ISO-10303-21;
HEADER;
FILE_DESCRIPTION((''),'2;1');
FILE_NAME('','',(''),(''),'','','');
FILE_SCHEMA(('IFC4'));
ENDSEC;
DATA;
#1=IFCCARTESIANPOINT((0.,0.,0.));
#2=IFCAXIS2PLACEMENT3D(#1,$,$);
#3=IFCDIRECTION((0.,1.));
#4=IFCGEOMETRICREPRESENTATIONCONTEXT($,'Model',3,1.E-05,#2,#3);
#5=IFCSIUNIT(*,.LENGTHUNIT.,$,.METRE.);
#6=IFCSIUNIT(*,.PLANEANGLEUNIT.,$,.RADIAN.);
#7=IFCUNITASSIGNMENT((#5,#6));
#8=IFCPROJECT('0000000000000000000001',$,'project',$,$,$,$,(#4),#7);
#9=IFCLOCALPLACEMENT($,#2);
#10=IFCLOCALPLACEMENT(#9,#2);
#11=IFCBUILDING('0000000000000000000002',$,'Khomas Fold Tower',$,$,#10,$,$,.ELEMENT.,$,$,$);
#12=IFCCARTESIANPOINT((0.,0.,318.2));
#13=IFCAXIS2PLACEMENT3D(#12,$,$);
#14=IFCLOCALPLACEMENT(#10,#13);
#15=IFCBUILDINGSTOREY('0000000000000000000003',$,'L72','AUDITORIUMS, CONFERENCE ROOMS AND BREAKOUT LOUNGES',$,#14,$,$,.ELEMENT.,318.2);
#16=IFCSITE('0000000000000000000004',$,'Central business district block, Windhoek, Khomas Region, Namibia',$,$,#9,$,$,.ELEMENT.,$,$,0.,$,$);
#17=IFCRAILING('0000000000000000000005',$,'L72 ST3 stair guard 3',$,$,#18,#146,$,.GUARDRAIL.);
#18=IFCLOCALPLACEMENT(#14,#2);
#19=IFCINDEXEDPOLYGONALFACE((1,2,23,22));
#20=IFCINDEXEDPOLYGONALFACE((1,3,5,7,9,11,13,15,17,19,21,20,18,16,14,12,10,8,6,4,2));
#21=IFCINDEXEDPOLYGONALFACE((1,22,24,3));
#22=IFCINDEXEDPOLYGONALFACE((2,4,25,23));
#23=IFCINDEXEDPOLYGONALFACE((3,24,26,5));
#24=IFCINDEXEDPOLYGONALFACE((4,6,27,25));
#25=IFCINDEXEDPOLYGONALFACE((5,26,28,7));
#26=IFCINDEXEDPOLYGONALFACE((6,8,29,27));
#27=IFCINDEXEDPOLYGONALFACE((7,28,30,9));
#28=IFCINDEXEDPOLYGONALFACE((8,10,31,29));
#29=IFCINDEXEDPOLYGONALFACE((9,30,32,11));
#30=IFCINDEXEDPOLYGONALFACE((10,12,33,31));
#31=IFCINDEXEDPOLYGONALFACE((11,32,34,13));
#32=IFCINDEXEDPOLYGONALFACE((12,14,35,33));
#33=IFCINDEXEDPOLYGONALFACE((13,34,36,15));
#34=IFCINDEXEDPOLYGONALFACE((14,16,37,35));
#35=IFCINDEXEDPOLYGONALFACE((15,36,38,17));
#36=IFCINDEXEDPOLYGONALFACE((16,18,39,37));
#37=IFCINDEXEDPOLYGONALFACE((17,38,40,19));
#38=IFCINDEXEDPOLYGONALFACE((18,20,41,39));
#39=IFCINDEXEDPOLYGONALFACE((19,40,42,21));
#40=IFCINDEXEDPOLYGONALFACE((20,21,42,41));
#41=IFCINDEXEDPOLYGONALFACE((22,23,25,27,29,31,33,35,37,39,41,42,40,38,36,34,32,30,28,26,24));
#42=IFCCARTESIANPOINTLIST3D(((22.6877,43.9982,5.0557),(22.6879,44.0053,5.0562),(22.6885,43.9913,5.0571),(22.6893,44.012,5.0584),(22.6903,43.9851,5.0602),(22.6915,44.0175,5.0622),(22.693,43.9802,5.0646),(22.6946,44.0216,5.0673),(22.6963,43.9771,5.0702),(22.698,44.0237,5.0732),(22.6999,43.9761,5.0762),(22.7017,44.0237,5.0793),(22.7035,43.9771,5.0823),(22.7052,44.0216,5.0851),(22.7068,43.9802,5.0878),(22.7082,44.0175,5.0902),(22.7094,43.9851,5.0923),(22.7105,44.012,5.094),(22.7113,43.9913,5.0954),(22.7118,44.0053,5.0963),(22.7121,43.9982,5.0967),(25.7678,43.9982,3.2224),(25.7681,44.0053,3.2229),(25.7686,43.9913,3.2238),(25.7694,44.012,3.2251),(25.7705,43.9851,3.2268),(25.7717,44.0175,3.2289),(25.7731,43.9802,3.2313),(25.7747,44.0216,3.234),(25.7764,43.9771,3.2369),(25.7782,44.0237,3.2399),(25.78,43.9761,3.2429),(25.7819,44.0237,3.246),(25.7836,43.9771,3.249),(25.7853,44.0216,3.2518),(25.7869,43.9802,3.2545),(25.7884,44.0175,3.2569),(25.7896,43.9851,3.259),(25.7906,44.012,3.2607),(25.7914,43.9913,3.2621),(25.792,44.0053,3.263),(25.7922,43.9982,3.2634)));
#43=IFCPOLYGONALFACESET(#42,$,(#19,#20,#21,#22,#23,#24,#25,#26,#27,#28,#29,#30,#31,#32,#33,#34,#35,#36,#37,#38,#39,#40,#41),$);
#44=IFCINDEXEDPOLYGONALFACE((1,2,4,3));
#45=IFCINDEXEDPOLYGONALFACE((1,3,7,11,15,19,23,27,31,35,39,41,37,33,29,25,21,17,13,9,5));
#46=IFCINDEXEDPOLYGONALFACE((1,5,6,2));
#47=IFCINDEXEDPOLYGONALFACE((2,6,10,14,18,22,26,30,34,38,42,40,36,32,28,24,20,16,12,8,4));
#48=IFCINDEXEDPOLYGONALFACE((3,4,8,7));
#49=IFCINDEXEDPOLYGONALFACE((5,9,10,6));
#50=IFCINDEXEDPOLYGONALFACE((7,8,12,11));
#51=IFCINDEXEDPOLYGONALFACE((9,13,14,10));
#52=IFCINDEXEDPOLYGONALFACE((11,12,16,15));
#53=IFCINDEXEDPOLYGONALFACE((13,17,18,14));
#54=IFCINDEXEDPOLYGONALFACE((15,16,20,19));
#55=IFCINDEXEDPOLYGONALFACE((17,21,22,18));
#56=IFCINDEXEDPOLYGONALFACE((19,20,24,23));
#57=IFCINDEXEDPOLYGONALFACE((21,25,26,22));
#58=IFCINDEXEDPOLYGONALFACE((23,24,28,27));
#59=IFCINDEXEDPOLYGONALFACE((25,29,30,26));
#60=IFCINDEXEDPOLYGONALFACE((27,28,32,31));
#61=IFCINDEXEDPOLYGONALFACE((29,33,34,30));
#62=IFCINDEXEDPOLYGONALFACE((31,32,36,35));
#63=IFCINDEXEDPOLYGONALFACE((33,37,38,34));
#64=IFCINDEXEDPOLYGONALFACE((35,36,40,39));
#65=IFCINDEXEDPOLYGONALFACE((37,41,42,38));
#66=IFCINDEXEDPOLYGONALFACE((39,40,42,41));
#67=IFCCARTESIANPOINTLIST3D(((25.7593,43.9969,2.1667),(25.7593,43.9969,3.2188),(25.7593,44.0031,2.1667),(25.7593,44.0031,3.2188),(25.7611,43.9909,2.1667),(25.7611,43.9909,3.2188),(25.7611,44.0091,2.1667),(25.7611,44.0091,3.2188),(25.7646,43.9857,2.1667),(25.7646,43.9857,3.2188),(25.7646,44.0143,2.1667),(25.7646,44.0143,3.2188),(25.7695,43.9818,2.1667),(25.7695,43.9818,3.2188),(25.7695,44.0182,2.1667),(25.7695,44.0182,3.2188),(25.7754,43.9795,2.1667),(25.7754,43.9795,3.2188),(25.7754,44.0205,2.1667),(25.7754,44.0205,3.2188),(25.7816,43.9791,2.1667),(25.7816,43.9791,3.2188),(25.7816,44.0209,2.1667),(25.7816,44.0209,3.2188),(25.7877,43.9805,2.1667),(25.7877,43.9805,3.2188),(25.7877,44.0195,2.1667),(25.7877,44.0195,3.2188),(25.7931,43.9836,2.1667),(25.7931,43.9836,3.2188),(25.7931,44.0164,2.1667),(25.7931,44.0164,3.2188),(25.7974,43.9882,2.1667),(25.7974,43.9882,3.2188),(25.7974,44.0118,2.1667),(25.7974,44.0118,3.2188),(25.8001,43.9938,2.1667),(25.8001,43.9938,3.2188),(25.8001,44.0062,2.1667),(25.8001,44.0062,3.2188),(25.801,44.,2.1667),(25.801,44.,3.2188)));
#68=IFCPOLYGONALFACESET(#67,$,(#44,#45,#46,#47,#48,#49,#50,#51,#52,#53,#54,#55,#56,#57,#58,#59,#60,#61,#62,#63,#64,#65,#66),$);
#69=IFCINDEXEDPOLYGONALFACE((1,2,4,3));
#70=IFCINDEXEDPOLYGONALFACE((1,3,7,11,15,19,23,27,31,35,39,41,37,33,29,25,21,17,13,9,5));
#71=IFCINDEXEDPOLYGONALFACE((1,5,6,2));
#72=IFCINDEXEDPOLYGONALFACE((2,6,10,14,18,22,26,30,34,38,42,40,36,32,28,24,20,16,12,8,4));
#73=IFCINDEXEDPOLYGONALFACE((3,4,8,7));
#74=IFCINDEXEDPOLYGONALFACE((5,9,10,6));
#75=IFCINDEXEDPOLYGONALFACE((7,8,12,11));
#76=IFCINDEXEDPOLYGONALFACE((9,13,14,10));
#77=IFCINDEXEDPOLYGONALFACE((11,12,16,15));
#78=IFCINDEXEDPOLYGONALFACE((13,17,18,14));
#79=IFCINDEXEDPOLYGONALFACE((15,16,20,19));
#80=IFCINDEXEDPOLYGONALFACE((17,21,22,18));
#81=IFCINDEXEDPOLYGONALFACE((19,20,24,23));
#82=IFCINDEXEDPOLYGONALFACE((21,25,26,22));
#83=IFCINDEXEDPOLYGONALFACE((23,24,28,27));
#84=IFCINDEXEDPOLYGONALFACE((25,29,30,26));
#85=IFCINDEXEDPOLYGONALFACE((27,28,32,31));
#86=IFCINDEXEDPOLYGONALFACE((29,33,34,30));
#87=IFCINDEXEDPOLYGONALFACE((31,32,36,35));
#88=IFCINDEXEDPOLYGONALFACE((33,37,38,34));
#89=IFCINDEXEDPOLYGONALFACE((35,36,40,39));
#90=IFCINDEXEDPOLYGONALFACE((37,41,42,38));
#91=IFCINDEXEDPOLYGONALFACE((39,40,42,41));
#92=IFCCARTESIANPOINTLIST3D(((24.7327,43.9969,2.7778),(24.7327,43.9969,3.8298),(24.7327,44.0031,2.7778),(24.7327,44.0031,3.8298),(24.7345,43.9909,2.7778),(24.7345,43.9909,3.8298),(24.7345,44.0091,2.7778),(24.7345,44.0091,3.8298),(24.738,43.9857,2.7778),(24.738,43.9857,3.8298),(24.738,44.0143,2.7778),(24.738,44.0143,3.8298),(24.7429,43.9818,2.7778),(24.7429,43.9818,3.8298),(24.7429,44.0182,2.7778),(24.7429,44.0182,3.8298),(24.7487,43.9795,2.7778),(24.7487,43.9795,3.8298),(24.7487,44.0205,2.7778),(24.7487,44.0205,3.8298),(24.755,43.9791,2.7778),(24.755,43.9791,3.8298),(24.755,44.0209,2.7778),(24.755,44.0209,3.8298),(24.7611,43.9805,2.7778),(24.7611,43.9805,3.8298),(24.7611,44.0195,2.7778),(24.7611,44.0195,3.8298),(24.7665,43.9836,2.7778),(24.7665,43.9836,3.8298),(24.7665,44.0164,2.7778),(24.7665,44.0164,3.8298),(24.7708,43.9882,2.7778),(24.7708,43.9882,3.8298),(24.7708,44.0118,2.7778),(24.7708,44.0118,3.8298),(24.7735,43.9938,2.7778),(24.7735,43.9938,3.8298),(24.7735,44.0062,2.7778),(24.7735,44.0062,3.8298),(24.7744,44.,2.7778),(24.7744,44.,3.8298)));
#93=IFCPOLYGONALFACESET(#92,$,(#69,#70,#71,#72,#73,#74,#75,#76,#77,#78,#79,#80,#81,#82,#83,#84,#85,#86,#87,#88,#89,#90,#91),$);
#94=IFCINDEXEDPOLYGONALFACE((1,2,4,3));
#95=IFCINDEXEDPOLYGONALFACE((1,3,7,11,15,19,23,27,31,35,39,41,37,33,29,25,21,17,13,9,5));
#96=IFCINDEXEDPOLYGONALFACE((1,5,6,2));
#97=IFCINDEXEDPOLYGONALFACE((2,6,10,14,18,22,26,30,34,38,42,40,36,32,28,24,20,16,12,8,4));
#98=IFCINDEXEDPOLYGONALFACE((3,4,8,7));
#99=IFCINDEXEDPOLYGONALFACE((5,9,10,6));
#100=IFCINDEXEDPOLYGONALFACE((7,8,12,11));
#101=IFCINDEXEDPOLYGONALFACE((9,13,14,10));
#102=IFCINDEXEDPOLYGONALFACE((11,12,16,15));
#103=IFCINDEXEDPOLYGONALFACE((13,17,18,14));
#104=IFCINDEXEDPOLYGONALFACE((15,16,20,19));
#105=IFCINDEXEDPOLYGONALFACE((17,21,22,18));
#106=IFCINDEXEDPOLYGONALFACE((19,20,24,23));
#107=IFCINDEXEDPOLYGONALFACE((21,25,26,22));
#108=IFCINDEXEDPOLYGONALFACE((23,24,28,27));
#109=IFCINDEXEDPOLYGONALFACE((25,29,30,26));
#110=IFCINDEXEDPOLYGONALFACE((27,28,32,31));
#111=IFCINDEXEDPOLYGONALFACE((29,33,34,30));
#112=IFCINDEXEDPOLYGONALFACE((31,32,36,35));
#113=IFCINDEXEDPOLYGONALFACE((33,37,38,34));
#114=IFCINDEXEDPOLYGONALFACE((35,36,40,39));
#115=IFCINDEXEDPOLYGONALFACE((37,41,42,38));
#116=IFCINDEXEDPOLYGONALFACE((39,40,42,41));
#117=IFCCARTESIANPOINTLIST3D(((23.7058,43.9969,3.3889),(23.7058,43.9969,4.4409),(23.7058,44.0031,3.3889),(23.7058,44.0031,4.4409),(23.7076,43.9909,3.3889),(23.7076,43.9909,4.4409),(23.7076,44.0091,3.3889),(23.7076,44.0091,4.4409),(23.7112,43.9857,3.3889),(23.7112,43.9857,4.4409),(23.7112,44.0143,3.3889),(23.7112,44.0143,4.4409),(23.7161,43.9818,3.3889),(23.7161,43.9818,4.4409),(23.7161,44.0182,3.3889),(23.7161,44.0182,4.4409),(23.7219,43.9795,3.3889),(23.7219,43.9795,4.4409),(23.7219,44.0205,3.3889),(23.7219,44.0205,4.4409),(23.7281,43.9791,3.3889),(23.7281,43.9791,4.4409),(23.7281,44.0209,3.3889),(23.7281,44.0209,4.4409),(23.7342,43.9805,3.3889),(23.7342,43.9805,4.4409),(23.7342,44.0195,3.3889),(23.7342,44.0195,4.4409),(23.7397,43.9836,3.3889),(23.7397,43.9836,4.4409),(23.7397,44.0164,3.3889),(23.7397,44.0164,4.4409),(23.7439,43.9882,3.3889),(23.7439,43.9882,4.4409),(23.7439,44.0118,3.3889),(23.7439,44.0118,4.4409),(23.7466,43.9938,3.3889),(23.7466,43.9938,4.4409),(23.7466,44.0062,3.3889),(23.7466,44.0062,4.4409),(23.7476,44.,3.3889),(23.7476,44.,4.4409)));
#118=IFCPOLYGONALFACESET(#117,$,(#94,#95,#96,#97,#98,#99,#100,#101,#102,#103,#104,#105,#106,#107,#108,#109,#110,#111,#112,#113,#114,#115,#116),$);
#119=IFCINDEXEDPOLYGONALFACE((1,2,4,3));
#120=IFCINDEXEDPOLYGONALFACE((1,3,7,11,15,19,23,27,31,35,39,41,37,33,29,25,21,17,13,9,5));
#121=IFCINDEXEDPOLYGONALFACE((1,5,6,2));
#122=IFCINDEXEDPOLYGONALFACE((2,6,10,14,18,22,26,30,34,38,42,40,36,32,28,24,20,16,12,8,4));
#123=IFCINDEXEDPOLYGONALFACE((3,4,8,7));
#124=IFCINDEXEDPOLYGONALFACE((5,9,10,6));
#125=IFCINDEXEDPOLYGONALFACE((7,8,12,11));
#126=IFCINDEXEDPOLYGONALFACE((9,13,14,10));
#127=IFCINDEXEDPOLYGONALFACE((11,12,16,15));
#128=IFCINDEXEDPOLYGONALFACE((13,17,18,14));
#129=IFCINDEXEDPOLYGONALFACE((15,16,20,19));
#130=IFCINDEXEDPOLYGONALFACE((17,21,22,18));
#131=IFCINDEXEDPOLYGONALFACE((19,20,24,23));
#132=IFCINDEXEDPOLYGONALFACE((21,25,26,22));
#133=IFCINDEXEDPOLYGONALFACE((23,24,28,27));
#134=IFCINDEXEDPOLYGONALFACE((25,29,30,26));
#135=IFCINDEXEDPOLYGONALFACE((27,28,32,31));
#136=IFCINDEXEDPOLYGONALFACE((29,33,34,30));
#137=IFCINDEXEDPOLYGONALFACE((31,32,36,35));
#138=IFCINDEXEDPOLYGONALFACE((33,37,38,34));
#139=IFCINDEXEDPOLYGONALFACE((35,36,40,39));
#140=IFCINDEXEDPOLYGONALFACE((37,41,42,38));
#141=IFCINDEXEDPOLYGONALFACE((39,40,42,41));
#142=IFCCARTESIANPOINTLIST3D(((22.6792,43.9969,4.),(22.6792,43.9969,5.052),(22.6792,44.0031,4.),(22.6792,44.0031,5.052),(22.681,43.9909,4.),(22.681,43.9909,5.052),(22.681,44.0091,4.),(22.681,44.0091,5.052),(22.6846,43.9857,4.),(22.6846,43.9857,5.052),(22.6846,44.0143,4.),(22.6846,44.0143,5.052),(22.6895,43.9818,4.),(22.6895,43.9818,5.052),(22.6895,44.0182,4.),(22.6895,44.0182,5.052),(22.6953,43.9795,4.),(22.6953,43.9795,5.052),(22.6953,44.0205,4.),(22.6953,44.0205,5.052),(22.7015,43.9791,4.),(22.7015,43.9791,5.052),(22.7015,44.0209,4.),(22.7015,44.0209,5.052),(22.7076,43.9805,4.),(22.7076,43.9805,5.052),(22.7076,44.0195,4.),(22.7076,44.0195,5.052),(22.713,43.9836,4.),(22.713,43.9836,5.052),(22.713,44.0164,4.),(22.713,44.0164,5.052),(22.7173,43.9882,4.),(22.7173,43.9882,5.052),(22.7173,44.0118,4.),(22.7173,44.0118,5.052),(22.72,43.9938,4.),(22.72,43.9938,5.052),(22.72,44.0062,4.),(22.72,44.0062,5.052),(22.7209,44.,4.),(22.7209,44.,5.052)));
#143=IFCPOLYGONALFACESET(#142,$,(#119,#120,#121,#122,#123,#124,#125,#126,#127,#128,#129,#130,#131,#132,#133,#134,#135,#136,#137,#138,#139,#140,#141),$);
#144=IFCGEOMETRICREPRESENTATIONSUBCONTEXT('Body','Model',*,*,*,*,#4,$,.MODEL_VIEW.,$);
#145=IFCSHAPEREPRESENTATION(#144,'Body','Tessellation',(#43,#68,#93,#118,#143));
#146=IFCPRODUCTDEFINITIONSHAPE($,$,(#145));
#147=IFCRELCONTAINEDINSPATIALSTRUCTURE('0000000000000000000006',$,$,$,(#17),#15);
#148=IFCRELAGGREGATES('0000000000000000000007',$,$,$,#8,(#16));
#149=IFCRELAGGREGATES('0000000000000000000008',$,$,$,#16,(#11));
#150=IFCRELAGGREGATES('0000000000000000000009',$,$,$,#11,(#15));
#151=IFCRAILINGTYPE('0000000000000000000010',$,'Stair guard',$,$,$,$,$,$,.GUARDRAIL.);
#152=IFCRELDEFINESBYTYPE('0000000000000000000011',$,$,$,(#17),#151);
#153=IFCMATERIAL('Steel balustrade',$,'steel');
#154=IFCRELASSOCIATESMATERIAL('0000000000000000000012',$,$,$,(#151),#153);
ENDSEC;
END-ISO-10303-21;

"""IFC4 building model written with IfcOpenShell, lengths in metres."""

from ifc_helpers import new_model, si_unit, direction, frame, origin, origin_2d, place, context, subcontext, project, spatial, circle, extrude, source, transform, mapped, material, type_object, element, save


model = new_model("IFC4")

# Units and contexts
model_context = context("Model", 3, precision=1e-05, world=origin(), true_north=direction((0.0, 1.0)))
body_context = subcontext(model_context, "Body", "Model", "MODEL_VIEW")
ifc_project = project(units=[si_unit("LENGTHUNIT", "METRE"), si_unit("PLANEANGLEUNIT", "RADIAN")], contexts=[model_context])

# Site, building, storey
site_placement = place(None, origin())
site = spatial("IfcSite", under=ifc_project, at=site_placement, Name="Central business district block, Windhoek, Khomas Region, Namibia", CompositionType="ELEMENT", RefElevation=0.0)
building_placement = place(site_placement, origin())
building = spatial("IfcBuilding", under=site, at=building_placement, Name="Khomas Fold Tower", CompositionType="ELEMENT")
storey_placement = place(building_placement, frame((0.0, 0.0, 318.2)))
storey = spatial("IfcBuildingStorey", under=building, at=storey_placement, Name="L72", Description="AUDITORIUMS, CONFERENCE ROOMS AND BREAKOUT LOUNGES", CompositionType="ELEMENT", Elevation=318.2)

# Railing
ifc_material_1 = material(Name="Steel balustrade", Category="steel")
railing_type_1 = type_object("IfcRailingType", Name="Stair guard", PredefinedType="GUARDRAIL", material=ifc_material_1)
shared_shape_1 = source(origin(), body_context, "Body", "SweptSolid", [
    extrude(circle(Radius=0.0239, at=origin_2d()), frame((0.0, 0.0, 1.0762), z_axis=(-0.859309, 0.0, 0.511458), x_axis=(0.0, -1.0, 0.0)), (0.0, 0.0, 1.0), 3.5845),
    extrude(circle(Radius=0.021, at=origin_2d()), origin(), (0.0, 0.0, 1.0), 1.052),
    extrude(circle(Radius=0.021, at=origin_2d()), frame((-1.0266, 0.0, 0.6111)), (0.0, 0.0, 1.0), 1.052),
    extrude(circle(Radius=0.021, at=origin_2d()), frame((-2.0535, 0.0, 1.2222)), (0.0, 0.0, 1.0), 1.052),
    extrude(circle(Radius=0.021, at=origin_2d()), frame((-3.0801, 0.0, 1.8333)), (0.0, 0.0, 1.0), 1.052),
])
railing_1_placement = place(storey_placement, frame((25.78, 44.0, 2.1667)))
element("IfcRailing", 1, at=railing_1_placement, inside=storey, type_object=railing_type_1, Name="L72 ST3 stair guard 3", PredefinedType="GUARDRAIL", context=body_context, shape_type="MappedRepresentation", body=[
    mapped(shared_shape_1, transform((0.0, 0.0, 0.0))),
])

save(model, "model.ifc")
